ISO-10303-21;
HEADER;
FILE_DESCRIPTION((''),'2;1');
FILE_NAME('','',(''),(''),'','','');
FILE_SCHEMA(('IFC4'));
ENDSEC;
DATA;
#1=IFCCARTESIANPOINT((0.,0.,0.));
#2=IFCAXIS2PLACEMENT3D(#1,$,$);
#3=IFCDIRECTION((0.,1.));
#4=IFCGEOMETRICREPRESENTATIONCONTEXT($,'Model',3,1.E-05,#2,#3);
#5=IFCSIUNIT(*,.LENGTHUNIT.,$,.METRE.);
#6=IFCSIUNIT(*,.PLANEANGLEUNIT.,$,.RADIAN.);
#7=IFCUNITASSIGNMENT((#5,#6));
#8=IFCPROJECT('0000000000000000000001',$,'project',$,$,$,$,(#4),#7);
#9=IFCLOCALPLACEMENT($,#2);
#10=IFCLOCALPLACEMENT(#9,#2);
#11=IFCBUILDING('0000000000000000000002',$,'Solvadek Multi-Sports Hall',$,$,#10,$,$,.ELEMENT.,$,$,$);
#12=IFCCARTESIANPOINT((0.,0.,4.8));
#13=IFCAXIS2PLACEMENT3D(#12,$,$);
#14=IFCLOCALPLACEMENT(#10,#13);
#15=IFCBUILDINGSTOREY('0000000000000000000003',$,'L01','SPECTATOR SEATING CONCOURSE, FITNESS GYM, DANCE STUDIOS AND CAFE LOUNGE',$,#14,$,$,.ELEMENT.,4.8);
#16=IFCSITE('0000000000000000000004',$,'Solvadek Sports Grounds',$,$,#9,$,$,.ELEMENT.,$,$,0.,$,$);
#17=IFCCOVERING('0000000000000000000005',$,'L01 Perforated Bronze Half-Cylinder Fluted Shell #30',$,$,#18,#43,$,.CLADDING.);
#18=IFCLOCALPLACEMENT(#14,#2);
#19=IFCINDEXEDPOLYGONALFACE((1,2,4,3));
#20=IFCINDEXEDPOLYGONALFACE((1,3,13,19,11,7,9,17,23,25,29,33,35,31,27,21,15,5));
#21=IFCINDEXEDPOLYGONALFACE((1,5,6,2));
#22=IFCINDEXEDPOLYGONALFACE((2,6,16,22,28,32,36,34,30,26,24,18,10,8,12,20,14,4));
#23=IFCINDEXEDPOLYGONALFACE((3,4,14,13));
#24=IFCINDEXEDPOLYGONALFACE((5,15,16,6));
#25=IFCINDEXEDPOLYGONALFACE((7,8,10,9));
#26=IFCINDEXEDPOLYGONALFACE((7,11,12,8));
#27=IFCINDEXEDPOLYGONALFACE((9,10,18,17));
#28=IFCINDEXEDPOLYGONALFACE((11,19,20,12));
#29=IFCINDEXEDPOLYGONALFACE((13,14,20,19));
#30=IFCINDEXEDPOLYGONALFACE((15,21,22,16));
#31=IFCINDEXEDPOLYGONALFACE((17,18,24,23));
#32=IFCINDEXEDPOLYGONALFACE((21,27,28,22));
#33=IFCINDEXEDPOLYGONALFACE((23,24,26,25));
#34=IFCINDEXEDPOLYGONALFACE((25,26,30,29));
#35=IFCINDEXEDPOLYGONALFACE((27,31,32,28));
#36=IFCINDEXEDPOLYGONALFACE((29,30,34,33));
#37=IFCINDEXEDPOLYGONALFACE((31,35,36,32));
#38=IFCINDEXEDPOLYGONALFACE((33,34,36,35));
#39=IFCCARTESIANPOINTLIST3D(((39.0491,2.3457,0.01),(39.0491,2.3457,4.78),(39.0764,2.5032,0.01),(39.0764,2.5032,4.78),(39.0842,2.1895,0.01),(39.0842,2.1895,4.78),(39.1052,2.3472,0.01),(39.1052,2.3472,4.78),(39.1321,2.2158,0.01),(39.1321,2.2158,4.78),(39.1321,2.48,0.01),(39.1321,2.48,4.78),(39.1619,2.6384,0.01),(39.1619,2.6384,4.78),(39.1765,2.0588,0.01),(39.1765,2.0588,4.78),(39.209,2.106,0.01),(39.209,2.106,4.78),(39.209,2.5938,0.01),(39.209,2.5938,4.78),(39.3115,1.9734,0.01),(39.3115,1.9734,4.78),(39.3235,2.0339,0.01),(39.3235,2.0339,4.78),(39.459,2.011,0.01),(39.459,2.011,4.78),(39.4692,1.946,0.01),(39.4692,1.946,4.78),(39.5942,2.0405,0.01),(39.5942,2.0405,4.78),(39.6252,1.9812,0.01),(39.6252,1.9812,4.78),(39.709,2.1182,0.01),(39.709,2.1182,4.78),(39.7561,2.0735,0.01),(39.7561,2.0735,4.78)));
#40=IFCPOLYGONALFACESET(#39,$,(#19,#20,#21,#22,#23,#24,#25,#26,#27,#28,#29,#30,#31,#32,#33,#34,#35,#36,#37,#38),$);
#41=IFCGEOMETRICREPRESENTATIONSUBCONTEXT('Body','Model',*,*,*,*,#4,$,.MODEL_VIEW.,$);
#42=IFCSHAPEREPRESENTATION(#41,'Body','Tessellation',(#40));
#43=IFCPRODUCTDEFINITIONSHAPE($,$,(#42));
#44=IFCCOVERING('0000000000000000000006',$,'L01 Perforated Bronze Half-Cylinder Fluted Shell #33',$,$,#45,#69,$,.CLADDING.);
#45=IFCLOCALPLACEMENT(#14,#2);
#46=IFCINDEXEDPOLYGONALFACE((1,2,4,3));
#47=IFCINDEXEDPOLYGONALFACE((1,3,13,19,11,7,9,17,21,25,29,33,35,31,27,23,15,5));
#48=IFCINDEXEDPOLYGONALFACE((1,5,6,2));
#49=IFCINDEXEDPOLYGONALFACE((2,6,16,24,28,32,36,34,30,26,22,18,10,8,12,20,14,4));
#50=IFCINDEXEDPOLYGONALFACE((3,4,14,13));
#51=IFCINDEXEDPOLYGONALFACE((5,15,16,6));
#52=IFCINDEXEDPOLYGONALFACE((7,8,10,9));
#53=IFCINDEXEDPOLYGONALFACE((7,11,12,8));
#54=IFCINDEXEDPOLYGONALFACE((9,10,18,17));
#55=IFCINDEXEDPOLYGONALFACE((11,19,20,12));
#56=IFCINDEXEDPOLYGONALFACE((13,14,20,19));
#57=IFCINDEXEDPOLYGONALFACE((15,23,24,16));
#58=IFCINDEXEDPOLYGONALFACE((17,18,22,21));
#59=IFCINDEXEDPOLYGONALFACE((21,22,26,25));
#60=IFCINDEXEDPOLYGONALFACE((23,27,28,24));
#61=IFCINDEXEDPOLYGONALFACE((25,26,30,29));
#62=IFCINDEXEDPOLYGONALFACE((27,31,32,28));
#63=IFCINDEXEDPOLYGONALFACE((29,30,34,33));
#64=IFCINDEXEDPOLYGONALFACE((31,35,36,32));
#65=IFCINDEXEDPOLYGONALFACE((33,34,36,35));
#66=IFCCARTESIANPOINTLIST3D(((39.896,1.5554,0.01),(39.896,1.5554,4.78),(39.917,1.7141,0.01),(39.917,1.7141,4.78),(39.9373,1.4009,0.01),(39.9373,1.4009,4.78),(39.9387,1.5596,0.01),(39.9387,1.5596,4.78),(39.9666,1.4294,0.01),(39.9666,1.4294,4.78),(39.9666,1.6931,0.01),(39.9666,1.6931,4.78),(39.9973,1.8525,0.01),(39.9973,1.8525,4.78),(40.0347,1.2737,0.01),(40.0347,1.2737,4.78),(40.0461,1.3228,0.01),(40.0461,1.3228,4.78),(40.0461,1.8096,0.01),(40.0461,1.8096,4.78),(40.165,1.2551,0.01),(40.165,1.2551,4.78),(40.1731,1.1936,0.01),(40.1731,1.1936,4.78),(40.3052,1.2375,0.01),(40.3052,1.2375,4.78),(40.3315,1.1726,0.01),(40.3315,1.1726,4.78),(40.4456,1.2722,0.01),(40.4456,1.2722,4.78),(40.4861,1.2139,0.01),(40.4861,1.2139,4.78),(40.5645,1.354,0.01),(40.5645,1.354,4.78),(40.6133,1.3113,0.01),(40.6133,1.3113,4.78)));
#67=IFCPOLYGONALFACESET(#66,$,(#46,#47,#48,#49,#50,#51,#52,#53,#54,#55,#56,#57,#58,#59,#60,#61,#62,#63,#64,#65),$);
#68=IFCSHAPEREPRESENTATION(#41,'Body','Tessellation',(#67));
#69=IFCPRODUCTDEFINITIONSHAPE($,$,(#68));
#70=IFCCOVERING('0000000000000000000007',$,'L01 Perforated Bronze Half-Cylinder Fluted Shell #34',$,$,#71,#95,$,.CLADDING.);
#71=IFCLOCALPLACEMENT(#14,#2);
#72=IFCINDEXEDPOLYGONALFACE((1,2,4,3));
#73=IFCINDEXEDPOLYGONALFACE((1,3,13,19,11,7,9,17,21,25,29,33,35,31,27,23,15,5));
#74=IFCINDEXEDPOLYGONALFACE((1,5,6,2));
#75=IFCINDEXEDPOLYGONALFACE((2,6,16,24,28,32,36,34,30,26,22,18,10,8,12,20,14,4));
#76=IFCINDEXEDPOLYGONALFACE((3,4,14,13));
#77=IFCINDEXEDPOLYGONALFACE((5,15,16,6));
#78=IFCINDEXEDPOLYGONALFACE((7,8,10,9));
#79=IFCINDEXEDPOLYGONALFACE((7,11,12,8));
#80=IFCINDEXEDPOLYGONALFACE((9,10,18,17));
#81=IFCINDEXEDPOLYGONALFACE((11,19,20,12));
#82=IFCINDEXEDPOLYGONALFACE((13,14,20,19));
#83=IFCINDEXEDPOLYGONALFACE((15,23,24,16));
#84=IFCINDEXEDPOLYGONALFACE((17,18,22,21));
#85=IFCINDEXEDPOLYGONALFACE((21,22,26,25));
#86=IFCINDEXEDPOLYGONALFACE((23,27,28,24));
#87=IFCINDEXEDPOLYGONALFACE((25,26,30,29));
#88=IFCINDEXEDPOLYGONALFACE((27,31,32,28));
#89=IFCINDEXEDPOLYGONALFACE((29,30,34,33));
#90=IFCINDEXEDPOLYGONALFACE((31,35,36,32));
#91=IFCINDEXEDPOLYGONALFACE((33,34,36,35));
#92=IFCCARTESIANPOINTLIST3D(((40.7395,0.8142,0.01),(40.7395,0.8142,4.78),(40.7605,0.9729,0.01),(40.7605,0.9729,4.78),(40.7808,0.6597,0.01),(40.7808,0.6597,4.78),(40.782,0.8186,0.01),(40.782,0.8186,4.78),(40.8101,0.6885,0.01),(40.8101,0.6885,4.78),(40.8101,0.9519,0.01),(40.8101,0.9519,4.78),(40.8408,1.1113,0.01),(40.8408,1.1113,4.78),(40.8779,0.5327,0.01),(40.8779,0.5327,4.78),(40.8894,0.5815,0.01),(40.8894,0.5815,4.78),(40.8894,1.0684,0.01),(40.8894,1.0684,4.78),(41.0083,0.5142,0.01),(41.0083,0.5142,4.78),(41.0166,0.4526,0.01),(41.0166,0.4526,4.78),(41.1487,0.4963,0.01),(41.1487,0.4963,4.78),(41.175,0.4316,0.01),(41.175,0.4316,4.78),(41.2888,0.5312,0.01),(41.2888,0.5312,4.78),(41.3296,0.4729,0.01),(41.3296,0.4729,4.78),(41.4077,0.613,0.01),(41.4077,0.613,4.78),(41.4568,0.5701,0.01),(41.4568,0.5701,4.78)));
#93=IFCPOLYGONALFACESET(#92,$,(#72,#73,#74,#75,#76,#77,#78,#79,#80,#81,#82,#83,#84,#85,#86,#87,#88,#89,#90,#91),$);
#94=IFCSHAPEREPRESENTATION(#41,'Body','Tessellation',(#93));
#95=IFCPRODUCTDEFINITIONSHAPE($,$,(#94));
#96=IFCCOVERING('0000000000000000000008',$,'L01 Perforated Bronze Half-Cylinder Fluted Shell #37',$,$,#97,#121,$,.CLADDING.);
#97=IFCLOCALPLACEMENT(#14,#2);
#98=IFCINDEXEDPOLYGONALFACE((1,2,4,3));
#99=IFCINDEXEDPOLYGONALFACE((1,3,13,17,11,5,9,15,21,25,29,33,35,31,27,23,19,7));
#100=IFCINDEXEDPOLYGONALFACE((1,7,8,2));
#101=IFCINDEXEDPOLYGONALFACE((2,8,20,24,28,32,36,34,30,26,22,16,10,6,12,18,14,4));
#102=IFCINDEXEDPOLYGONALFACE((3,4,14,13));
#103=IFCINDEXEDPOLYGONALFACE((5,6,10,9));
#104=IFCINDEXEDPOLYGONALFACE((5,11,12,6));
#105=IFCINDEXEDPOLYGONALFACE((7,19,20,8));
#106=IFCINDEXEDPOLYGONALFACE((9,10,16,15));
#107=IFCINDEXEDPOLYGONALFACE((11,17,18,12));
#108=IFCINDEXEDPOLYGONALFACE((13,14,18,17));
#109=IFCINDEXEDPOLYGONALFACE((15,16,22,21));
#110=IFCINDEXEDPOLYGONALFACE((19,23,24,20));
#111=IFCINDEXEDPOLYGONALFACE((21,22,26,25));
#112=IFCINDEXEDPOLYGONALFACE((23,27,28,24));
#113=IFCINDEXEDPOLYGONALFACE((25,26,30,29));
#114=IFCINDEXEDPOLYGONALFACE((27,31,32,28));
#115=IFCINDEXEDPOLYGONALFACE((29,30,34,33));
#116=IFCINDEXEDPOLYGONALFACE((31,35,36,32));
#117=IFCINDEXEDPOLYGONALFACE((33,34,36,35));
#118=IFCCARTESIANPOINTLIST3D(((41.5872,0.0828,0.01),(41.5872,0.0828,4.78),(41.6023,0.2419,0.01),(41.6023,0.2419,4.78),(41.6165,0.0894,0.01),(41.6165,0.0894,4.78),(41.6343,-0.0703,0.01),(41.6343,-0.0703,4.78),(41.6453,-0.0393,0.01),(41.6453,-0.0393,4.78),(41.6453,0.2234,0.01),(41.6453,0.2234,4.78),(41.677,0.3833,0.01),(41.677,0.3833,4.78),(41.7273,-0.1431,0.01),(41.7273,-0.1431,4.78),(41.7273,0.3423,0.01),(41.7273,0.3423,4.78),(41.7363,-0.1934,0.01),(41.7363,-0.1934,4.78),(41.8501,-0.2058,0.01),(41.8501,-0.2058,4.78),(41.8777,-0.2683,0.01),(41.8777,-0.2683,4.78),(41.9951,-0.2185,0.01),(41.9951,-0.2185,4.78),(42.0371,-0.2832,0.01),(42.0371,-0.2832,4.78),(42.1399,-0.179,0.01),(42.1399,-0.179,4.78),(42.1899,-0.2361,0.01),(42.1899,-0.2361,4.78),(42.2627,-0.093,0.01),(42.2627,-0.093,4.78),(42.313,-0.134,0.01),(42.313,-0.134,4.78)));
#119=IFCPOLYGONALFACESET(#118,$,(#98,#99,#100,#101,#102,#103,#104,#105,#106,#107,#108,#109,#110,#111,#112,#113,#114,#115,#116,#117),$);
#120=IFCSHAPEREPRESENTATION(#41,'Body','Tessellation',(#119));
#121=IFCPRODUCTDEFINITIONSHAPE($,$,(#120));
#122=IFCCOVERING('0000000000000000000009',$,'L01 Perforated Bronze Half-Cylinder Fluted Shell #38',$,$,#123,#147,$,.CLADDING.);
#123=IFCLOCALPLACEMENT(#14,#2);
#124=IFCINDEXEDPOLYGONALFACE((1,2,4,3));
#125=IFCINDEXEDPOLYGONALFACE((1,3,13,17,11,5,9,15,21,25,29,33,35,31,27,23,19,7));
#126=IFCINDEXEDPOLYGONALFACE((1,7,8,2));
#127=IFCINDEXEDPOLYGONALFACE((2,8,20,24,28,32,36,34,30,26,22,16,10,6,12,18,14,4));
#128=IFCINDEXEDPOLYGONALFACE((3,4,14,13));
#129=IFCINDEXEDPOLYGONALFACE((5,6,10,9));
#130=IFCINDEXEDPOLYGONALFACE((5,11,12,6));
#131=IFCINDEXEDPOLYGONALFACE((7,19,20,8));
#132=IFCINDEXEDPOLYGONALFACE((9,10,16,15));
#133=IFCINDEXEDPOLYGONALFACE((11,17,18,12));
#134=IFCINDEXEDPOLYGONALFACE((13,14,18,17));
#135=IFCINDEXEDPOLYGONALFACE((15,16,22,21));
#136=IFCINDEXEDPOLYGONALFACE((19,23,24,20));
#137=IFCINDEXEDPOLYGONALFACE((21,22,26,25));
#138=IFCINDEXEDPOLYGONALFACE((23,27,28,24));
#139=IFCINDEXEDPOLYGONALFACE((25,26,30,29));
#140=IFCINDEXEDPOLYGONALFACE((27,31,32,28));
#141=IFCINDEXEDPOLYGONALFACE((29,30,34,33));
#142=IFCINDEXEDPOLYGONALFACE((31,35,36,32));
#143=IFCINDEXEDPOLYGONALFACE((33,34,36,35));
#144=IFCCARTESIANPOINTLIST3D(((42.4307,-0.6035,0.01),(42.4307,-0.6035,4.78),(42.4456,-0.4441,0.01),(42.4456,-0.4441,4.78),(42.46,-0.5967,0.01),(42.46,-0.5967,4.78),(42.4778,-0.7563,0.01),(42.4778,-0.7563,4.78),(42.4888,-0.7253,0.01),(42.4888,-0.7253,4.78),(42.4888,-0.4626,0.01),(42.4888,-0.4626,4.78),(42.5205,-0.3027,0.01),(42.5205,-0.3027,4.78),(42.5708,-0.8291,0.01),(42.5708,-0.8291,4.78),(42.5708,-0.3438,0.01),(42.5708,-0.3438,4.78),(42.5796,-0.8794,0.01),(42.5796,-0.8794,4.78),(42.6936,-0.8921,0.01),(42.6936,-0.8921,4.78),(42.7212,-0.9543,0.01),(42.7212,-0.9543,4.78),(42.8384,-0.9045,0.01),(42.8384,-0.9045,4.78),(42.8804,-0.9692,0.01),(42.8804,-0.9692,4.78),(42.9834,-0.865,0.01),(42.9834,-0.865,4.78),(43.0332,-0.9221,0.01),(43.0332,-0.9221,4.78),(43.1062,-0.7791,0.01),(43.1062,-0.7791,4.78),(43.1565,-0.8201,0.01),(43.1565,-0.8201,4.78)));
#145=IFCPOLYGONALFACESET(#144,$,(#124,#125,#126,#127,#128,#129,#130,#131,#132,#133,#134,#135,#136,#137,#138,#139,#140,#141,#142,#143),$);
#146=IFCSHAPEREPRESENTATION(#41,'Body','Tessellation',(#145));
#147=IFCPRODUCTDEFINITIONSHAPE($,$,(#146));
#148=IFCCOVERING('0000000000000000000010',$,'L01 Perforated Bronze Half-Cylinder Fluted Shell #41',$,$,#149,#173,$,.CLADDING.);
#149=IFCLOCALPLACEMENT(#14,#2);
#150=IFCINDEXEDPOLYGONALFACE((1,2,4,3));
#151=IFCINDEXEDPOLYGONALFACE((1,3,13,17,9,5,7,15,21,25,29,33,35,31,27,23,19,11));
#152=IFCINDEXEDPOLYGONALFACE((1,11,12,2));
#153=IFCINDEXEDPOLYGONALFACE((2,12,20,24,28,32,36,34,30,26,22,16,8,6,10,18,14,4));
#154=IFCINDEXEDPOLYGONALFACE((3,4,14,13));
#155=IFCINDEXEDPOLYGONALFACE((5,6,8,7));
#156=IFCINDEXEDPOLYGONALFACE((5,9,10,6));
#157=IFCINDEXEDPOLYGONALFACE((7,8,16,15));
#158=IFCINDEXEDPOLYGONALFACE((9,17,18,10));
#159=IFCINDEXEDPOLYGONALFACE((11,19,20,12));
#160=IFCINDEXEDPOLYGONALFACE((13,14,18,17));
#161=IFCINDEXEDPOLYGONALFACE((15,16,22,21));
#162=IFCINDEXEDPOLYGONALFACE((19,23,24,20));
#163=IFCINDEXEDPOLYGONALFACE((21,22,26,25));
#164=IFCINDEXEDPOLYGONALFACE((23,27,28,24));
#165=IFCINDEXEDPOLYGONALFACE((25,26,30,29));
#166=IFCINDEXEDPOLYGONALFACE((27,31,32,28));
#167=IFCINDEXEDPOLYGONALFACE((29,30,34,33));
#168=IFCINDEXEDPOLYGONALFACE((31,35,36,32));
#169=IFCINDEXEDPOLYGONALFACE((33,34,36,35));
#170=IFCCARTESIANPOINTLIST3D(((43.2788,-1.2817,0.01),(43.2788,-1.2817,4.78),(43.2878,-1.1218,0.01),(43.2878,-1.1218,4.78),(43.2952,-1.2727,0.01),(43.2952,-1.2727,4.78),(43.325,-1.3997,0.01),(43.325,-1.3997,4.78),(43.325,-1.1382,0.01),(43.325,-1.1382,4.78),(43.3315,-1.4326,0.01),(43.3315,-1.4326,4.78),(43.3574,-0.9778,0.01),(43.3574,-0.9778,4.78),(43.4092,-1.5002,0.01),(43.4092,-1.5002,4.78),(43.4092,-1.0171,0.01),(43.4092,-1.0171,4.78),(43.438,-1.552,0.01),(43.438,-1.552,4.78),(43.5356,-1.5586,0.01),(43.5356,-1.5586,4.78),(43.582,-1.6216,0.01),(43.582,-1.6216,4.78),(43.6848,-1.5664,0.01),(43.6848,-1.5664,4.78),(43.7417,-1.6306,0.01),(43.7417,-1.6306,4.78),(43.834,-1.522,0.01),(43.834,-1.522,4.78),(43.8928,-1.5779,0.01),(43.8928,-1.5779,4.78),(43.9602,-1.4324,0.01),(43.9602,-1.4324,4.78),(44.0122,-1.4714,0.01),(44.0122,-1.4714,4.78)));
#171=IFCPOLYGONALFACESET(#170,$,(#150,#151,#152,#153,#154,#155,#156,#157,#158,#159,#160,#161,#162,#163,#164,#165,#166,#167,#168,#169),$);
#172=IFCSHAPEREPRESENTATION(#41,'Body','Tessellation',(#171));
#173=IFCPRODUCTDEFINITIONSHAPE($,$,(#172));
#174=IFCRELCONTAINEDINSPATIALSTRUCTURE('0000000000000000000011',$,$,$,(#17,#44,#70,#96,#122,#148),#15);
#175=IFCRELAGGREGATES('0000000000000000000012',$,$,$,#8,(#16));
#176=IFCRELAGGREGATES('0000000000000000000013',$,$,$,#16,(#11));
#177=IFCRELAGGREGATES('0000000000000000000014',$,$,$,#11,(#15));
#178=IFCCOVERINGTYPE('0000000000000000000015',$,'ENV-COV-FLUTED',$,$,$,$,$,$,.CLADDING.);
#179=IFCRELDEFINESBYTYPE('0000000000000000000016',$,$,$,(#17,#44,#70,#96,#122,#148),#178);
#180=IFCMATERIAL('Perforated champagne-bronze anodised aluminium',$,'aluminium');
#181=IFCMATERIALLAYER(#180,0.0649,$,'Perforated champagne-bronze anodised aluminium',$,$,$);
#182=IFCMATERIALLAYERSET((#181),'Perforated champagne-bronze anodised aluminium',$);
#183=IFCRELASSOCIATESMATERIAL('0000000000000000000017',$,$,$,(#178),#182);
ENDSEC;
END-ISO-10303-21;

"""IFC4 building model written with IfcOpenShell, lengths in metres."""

from ifc_helpers import new_model, si_unit, direction, frame, origin, place, context, subcontext, project, spatial, polyline, outline, extrude, material, layer, layer_set, type_object, element, save


model = new_model("IFC4")

# Units and contexts
model_context = context("Model", 3, precision=1e-05, world=origin(), true_north=direction((0.0, 1.0)))
body_context = subcontext(model_context, "Body", "Model", "MODEL_VIEW")
ifc_project = project(units=[si_unit("LENGTHUNIT", "METRE"), si_unit("PLANEANGLEUNIT", "RADIAN")], contexts=[model_context])

# Site, building, storey
site_placement = place(None, origin())
site = spatial("IfcSite", under=ifc_project, at=site_placement, Name="Solvadek Sports Grounds", CompositionType="ELEMENT", RefElevation=0.0)
building_placement = place(site_placement, origin())
building = spatial("IfcBuilding", under=site, at=building_placement, Name="Solvadek Multi-Sports Hall", CompositionType="ELEMENT")
storey_placement = place(building_placement, frame((0.0, 0.0, 4.8)))
storey = spatial("IfcBuildingStorey", under=building, at=storey_placement, Name="L01", Description="SPECTATOR SEATING CONCOURSE, FITNESS GYM, DANCE STUDIOS AND CAFE LOUNGE", CompositionType="ELEMENT", Elevation=4.8)

# Coverings
ifc_material = material(Name="Perforated champagne-bronze anodised aluminium", Category="aluminium")
ifc_layer = layer(ifc_material, 0.0649, Name="Perforated champagne-bronze anodised aluminium")
ifc_layer_set = layer_set([ifc_layer], Name="Perforated champagne-bronze anodised aluminium")
covering_type = type_object("IfcCoveringType", Name="ENV-COV-FLUTED", PredefinedType="CLADDING", material=ifc_layer_set)
covering_1_placement = place(storey_placement, frame((0.0, 0.0, 0.01)))
element("IfcCovering", 1, at=covering_1_placement, inside=storey, type_object=covering_type, Name="L01 Perforated Bronze Half-Cylinder Fluted Shell #30", PredefinedType="CLADDING", context=body_context, shape_type="SweptSolid", body=[
    extrude(outline(polyline([(39.7561, 2.0735), (39.6252, 1.9812), (39.4692, 1.946), (39.3115, 1.9734), (39.1765, 2.0588), (39.0842, 2.1895), (39.0491, 2.3457), (39.0764, 2.5032), (39.1619, 2.6384), (39.209, 2.5938), (39.1321, 2.48), (39.1052, 2.3472), (39.1321, 2.2158), (39.209, 2.106), (39.3235, 2.0339), (39.459, 2.011), (39.5942, 2.0405), (39.709, 2.1182), (39.7561, 2.0735)])), origin(), (0.0, 0.0, 1.0), 4.77),
])
covering_2_placement = place(storey_placement, frame((0.0, 0.0, 0.01)))
element("IfcCovering", 2, at=covering_2_placement, inside=storey, type_object=covering_type, Name="L01 Perforated Bronze Half-Cylinder Fluted Shell #33", PredefinedType="CLADDING", context=body_context, shape_type="SweptSolid", body=[
    extrude(outline(polyline([(40.6133, 1.3113), (40.4861, 1.2139), (40.3315, 1.1726), (40.1731, 1.1936), (40.0347, 1.2737), (39.9373, 1.4009), (39.896, 1.5554), (39.917, 1.7141), (39.9973, 1.8525), (40.0461, 1.8096), (39.9666, 1.6931), (39.9387, 1.5596), (39.9666, 1.4294), (40.0461, 1.3228), (40.165, 1.2551), (40.3052, 1.2375), (40.4456, 1.2722), (40.5645, 1.354), (40.6133, 1.3113)])), origin(), (0.0, 0.0, 1.0), 4.77),
])
covering_3_placement = place(storey_placement, frame((0.0, 0.0, 0.01)))
element("IfcCovering", 3, at=covering_3_placement, inside=storey, type_object=covering_type, Name="L01 Perforated Bronze Half-Cylinder Fluted Shell #34", PredefinedType="CLADDING", context=body_context, shape_type="SweptSolid", body=[
    extrude(outline(polyline([(41.4568, 0.5701), (41.3296, 0.4729), (41.175, 0.4316), (41.0166, 0.4526), (40.8779, 0.5327), (40.7808, 0.6597), (40.7395, 0.8142), (40.7605, 0.9729), (40.8408, 1.1113), (40.8894, 1.0684), (40.8101, 0.9519), (40.782, 0.8186), (40.8101, 0.6885), (40.8894, 0.5815), (41.0083, 0.5142), (41.1487, 0.4963), (41.2888, 0.5312), (41.4077, 0.613), (41.4568, 0.5701)])), origin(), (0.0, 0.0, 1.0), 4.77),
])
covering_4_placement = place(storey_placement, frame((0.0, 0.0, 0.01)))
element("IfcCovering", 4, at=covering_4_placement, inside=storey, type_object=covering_type, Name="L01 Perforated Bronze Half-Cylinder Fluted Shell #37", PredefinedType="CLADDING", context=body_context, shape_type="SweptSolid", body=[
    extrude(outline(polyline([(42.313, -0.134), (42.1899, -0.2361), (42.0371, -0.2832), (41.8777, -0.2683), (41.7363, -0.1934), (41.6343, -0.0703), (41.5872, 0.0828), (41.6023, 0.2419), (41.677, 0.3833), (41.7273, 0.3423), (41.6453, 0.2234), (41.6165, 0.0894), (41.6453, -0.0393), (41.7273, -0.1431), (41.8501, -0.2058), (41.9951, -0.2185), (42.1399, -0.179), (42.2627, -0.093), (42.313, -0.134)])), origin(), (0.0, 0.0, 1.0), 4.77),
])
covering_5_placement = place(storey_placement, frame((0.0, 0.0, 0.01)))
element("IfcCovering", 5, at=covering_5_placement, inside=storey, type_object=covering_type, Name="L01 Perforated Bronze Half-Cylinder Fluted Shell #38", PredefinedType="CLADDING", context=body_context, shape_type="SweptSolid", body=[
    extrude(outline(polyline([(43.1565, -0.8201), (43.0332, -0.9221), (42.8804, -0.9692), (42.7212, -0.9543), (42.5796, -0.8794), (42.4778, -0.7563), (42.4307, -0.6035), (42.4456, -0.4441), (42.5205, -0.3027), (42.5708, -0.3438), (42.4888, -0.4626), (42.46, -0.5967), (42.4888, -0.7253), (42.5708, -0.8291), (42.6936, -0.8921), (42.8384, -0.9045), (42.9834, -0.865), (43.1062, -0.7791), (43.1565, -0.8201)])), origin(), (0.0, 0.0, 1.0), 4.77),
])
covering_6_placement = place(storey_placement, frame((0.0, 0.0, 0.01)))
element("IfcCovering", 6, at=covering_6_placement, inside=storey, type_object=covering_type, Name="L01 Perforated Bronze Half-Cylinder Fluted Shell #41", PredefinedType="CLADDING", context=body_context, shape_type="SweptSolid", body=[
    extrude(outline(polyline([(44.0122, -1.4714), (43.8928, -1.5779), (43.7417, -1.6306), (43.582, -1.6216), (43.438, -1.552), (43.3315, -1.4326), (43.2788, -1.2817), (43.2878, -1.1218), (43.3574, -0.9778), (43.4092, -1.0171), (43.325, -1.1382), (43.2952, -1.2727), (43.325, -1.3997), (43.4092, -1.5002), (43.5356, -1.5586), (43.6848, -1.5664), (43.834, -1.522), (43.9602, -1.4324), (44.0122, -1.4714)])), origin(), (0.0, 0.0, 1.0), 4.77),
])

save(model, "model.ifc")
